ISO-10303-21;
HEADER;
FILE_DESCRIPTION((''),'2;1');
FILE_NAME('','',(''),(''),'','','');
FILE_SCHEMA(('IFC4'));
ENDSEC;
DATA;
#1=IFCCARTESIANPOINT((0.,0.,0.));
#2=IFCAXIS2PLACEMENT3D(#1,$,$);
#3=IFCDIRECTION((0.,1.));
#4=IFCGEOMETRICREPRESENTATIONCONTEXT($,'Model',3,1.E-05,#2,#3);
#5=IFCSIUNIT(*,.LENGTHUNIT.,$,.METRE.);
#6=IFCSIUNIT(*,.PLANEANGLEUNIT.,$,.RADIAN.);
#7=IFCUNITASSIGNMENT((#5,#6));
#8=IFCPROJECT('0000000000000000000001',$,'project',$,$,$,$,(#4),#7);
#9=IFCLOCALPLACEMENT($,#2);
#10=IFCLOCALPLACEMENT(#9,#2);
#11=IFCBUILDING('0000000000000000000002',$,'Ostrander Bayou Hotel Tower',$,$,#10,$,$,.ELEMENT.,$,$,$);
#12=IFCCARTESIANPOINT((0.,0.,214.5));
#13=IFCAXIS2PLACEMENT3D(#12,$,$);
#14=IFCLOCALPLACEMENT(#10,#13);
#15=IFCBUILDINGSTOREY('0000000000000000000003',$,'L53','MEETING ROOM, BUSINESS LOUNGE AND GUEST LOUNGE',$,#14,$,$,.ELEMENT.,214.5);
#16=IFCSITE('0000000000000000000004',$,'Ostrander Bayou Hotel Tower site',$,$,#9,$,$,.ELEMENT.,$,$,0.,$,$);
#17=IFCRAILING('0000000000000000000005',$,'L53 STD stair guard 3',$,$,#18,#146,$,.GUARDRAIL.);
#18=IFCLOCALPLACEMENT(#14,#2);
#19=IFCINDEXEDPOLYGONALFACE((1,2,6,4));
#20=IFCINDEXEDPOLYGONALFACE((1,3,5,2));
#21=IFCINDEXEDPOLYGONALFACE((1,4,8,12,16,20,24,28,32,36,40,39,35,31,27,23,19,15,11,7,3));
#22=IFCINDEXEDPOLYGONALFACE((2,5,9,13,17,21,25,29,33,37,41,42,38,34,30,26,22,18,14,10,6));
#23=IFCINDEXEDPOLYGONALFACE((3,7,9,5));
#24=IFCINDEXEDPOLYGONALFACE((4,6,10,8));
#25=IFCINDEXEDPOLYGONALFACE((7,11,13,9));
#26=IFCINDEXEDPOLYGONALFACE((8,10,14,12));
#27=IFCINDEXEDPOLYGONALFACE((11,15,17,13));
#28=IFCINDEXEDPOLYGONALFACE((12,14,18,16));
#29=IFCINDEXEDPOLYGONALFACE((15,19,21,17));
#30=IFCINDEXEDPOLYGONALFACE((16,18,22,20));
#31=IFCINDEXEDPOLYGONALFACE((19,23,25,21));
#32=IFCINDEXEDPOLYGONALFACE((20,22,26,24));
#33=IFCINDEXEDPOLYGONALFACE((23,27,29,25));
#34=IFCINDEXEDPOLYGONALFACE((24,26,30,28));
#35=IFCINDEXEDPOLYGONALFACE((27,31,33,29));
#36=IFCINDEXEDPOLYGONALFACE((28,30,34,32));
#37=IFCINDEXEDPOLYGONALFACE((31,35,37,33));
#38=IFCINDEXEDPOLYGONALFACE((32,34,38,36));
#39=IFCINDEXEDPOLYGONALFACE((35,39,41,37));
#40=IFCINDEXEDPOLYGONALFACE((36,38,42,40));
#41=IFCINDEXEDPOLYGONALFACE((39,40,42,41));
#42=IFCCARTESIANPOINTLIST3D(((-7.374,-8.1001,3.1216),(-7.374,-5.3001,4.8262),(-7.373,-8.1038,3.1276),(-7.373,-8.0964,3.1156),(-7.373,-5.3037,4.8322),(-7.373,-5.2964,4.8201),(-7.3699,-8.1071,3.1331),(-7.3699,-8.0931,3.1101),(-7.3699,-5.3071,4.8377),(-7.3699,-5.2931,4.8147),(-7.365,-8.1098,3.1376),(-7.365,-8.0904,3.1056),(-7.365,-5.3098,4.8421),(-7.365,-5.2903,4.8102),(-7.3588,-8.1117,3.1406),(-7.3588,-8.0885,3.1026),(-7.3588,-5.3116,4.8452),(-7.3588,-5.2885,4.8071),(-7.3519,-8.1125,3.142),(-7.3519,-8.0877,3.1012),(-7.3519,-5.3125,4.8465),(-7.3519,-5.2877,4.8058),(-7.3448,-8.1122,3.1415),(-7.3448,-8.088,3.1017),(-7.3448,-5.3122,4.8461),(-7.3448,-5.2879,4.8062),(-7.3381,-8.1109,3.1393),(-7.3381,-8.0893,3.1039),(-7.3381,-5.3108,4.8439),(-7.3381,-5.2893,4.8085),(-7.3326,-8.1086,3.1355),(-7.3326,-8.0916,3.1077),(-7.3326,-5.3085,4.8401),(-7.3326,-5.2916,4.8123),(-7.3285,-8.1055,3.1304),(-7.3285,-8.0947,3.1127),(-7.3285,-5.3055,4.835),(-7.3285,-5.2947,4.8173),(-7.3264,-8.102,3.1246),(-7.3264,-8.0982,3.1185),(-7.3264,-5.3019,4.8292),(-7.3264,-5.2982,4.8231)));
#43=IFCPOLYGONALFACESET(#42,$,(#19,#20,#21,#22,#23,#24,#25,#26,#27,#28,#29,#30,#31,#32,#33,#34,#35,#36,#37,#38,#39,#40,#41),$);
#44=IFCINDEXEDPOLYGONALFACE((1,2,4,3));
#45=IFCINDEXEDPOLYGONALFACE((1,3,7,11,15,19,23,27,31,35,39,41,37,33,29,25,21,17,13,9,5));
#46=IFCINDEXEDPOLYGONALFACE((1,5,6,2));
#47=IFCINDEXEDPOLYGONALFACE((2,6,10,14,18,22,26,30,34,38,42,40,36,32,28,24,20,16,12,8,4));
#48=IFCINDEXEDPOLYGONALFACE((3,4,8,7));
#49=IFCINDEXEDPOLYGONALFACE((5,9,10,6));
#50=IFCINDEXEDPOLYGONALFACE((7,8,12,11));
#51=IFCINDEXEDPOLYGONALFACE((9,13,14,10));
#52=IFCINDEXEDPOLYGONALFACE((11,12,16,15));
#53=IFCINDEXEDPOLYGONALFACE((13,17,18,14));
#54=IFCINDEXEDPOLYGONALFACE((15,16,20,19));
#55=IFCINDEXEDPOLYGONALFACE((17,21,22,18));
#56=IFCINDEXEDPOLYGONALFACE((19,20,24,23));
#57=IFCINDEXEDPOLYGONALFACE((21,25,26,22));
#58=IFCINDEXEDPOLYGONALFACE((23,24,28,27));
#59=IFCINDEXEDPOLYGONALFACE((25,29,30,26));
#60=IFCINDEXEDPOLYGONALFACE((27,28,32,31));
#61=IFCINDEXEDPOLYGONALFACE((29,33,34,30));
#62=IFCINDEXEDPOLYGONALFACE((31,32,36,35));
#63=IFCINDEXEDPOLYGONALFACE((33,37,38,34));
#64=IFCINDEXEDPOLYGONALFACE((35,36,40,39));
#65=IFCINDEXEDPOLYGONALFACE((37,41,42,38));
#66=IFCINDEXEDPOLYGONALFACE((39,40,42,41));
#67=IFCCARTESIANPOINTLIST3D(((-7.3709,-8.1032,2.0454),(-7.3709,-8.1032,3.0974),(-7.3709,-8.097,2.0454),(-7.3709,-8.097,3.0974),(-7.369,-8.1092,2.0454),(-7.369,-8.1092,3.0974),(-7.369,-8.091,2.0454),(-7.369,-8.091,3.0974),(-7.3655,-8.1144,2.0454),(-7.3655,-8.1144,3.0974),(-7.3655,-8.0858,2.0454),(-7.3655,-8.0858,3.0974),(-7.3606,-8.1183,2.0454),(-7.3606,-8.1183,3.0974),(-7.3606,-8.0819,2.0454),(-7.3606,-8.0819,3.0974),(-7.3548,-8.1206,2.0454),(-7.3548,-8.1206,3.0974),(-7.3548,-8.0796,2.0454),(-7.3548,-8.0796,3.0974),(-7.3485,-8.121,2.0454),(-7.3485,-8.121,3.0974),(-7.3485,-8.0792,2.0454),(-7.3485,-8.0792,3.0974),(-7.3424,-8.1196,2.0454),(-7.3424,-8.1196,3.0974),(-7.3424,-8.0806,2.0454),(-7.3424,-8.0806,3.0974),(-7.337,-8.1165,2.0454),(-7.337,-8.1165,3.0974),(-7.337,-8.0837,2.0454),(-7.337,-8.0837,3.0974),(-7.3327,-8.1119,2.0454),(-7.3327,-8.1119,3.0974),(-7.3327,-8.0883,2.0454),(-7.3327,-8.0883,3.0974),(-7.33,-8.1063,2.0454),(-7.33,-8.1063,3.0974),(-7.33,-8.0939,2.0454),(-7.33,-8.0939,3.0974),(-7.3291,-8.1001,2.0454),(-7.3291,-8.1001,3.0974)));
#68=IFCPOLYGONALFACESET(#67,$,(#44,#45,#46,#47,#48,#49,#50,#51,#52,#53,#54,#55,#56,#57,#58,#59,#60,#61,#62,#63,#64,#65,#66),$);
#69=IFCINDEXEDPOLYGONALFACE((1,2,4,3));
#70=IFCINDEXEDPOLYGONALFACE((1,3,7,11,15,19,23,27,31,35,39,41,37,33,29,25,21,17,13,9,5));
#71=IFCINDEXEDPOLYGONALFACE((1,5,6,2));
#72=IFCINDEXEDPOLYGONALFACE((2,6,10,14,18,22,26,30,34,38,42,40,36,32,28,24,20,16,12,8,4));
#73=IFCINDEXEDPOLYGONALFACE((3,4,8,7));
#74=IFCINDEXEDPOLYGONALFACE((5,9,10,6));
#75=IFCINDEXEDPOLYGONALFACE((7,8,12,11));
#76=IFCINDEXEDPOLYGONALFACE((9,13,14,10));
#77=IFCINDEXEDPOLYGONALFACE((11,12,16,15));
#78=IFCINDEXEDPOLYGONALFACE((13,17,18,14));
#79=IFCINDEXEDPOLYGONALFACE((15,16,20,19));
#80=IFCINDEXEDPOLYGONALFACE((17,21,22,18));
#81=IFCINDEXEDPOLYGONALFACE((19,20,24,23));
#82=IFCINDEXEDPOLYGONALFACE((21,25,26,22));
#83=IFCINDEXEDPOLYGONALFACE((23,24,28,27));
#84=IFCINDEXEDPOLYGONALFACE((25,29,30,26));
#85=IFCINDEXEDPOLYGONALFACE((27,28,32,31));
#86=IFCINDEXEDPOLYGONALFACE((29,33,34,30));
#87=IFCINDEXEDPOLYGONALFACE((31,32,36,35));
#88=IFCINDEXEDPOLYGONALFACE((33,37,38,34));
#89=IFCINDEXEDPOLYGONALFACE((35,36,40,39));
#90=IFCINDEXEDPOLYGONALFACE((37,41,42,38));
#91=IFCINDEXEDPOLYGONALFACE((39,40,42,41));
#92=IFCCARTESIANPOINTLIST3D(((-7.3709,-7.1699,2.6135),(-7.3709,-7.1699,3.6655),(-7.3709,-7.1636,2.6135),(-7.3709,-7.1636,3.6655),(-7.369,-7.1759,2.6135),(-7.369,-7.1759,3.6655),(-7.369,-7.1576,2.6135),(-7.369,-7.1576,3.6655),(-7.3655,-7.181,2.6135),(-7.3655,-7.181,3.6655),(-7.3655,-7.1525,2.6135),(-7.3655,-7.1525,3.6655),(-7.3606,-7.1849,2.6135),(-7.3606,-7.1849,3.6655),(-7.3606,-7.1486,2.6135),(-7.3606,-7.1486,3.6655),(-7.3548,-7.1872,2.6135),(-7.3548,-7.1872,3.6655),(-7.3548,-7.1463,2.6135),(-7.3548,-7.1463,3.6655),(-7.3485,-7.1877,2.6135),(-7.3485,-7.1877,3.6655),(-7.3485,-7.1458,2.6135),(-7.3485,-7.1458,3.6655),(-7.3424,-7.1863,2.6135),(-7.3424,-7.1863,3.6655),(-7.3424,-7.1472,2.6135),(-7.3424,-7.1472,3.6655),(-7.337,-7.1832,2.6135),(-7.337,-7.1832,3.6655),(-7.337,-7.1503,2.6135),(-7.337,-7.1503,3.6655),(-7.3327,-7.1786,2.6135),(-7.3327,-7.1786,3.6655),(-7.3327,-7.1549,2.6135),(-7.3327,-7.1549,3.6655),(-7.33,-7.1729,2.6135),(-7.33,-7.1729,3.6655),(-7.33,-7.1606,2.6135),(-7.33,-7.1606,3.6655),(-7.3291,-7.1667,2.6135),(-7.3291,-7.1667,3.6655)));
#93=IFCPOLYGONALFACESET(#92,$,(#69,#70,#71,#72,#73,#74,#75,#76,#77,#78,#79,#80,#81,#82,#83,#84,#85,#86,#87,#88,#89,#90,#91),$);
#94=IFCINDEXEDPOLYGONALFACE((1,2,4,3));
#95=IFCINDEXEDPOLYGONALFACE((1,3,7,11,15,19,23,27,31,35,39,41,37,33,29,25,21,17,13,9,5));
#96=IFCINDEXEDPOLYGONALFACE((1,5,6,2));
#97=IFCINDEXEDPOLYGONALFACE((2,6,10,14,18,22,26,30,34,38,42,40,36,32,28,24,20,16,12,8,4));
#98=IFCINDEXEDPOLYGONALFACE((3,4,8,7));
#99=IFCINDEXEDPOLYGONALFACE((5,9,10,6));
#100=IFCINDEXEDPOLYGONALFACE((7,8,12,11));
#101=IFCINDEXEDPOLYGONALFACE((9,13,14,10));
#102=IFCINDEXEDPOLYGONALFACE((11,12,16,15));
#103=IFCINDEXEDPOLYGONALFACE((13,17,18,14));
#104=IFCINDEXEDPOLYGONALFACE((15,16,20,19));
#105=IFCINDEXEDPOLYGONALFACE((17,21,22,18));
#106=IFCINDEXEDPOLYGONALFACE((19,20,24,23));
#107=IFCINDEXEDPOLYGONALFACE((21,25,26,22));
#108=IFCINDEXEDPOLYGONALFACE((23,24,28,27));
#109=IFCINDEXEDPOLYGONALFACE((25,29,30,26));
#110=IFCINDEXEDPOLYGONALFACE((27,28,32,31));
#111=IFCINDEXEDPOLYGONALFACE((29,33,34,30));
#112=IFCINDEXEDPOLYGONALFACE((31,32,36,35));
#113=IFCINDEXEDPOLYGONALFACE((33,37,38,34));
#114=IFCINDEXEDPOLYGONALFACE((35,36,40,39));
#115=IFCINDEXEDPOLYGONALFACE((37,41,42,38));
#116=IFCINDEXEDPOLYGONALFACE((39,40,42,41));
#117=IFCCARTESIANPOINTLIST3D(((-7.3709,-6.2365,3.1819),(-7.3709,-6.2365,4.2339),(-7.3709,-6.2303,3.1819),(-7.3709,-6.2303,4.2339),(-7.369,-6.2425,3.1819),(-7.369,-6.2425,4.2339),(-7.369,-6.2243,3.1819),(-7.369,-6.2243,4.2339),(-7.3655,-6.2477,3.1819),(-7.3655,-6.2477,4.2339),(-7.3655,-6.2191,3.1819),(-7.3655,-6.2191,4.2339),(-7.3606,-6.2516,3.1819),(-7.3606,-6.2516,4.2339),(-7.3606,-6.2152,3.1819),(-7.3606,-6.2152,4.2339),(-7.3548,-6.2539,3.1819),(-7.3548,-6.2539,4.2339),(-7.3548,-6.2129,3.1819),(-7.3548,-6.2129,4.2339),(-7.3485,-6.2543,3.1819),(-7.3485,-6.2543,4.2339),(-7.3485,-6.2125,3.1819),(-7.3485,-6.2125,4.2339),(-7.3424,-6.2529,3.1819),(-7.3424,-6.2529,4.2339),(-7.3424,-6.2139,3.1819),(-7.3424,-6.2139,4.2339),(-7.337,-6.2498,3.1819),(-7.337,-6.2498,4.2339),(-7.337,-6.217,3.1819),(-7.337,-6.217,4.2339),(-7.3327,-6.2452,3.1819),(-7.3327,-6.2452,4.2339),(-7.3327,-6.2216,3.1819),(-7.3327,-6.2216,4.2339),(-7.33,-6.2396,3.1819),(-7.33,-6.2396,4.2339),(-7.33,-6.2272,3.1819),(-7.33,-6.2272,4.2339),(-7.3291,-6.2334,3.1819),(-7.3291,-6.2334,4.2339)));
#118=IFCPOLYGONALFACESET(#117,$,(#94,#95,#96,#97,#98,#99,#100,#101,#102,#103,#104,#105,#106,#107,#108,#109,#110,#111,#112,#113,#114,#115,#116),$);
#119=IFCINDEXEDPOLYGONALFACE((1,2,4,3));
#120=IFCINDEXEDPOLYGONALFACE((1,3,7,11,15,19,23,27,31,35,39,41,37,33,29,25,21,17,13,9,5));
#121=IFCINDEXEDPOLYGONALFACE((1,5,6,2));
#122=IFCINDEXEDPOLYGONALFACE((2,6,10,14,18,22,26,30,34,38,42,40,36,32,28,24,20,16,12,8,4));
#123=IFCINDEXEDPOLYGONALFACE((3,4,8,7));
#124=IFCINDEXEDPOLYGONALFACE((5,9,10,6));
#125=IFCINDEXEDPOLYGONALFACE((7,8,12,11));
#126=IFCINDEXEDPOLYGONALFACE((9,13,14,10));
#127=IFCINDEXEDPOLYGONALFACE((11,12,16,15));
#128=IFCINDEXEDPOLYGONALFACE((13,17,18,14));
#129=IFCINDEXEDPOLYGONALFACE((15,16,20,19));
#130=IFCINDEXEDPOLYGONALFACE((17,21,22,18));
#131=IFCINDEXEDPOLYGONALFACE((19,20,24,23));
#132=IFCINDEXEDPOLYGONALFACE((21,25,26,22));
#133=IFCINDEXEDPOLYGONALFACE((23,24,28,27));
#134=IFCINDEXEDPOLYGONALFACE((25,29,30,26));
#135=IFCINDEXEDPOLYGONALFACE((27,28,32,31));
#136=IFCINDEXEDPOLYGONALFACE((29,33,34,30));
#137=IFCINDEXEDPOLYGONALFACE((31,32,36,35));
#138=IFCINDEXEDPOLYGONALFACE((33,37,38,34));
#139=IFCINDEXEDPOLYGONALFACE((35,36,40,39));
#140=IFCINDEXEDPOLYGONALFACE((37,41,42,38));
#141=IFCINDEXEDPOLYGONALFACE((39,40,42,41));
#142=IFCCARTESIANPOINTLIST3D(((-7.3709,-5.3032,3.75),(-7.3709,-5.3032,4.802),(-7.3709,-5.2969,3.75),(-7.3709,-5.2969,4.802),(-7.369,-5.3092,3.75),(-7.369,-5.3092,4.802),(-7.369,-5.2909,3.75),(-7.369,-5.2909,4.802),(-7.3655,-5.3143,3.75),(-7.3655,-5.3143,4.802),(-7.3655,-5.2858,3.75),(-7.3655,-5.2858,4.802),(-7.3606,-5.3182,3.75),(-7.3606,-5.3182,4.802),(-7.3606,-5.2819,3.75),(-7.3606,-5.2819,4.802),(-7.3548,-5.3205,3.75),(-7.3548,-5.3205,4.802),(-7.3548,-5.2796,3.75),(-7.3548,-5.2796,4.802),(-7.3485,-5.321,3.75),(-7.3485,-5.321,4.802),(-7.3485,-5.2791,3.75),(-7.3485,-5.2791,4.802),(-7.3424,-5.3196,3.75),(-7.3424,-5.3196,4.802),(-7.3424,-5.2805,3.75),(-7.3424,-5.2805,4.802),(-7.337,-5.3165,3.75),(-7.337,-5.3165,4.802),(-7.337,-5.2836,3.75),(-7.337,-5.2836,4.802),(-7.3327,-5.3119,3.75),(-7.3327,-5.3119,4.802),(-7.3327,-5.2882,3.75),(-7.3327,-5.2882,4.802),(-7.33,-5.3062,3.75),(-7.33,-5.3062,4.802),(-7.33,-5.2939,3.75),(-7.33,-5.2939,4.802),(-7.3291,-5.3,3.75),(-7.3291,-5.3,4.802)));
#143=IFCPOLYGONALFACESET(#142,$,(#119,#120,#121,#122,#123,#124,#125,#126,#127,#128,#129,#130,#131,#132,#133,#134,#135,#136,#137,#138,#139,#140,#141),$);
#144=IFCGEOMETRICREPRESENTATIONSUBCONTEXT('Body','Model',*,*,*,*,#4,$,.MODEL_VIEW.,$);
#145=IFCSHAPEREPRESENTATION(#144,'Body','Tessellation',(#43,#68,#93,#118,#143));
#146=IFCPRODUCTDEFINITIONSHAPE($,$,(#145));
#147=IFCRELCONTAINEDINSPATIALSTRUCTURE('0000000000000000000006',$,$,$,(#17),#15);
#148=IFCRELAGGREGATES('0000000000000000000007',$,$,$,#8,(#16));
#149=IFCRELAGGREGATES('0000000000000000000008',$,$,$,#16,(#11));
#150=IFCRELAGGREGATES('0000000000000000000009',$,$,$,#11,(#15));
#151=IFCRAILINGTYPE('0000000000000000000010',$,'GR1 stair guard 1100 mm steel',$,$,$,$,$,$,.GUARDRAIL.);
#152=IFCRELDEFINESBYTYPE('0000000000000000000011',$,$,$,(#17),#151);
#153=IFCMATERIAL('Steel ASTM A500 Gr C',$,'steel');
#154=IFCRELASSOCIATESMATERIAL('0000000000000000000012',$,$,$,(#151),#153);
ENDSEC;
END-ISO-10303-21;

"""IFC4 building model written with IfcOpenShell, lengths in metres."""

from ifc_helpers import new_model, si_unit, direction, frame, origin, origin_2d, place, context, subcontext, project, spatial, circle, extrude, material, type_object, element, save


model = new_model("IFC4")

# Units and contexts
model_context = context("Model", 3, precision=1e-05, world=origin(), true_north=direction((0.0, 1.0)))
body_context = subcontext(model_context, "Body", "Model", "MODEL_VIEW")
ifc_project = project(units=[si_unit("LENGTHUNIT", "METRE"), si_unit("PLANEANGLEUNIT", "RADIAN")], contexts=[model_context])

# Site, building, storey
site_placement = place(None, origin())
site = spatial("IfcSite", under=ifc_project, at=site_placement, Name="Ostrander Bayou Hotel Tower site", CompositionType="ELEMENT", RefElevation=0.0)
building_placement = place(site_placement, origin())
building = spatial("IfcBuilding", under=site, at=building_placement, Name="Ostrander Bayou Hotel Tower", CompositionType="ELEMENT")
storey_placement = place(building_placement, frame((0.0, 0.0, 214.5)))
storey = spatial("IfcBuildingStorey", under=building, at=storey_placement, Name="L53", Description="MEETING ROOM, BUSINESS LOUNGE AND GUEST LOUNGE", CompositionType="ELEMENT", Elevation=214.5)

# Railing
ifc_material_1 = material(Name="Steel ASTM A500 Gr C", Category="steel")
railing_type_1 = type_object("IfcRailingType", Name="GR1 stair guard 1100 mm steel", PredefinedType="GUARDRAIL", material=ifc_material_1)
railing_1_placement = place(storey_placement, frame((-7.3501, -8.1001, 2.0454)))
element("IfcRailing", 1, at=railing_1_placement, inside=storey, type_object=railing_type_1, Name="L53 STD stair guard 3", PredefinedType="GUARDRAIL", context=body_context, shape_type="SweptSolid", body=[
    extrude(circle(Radius=0.0239, at=origin_2d()), frame((0.0, 0.0, 1.0762), z_axis=(0.0, 0.85417, 0.519994), x_axis=(-1.0, 0.0, 0.0)), (0.0, 0.0, 1.0), 3.2781),
    extrude(circle(Radius=0.021, at=origin_2d()), origin(), (0.0, 0.0, 1.0), 1.052),
    extrude(circle(Radius=0.021, at=origin_2d()), frame((0.0, 0.9333, 0.5681)), (0.0, 0.0, 1.0), 1.052),
    extrude(circle(Radius=0.021, at=origin_2d()), frame((0.0, 1.8667, 1.1365)), (0.0, 0.0, 1.0), 1.052),
    extrude(circle(Radius=0.021, at=origin_2d()), frame((0.0, 2.8, 1.7046)), (0.0, 0.0, 1.0), 1.052),
])

save(model, "model.ifc")
